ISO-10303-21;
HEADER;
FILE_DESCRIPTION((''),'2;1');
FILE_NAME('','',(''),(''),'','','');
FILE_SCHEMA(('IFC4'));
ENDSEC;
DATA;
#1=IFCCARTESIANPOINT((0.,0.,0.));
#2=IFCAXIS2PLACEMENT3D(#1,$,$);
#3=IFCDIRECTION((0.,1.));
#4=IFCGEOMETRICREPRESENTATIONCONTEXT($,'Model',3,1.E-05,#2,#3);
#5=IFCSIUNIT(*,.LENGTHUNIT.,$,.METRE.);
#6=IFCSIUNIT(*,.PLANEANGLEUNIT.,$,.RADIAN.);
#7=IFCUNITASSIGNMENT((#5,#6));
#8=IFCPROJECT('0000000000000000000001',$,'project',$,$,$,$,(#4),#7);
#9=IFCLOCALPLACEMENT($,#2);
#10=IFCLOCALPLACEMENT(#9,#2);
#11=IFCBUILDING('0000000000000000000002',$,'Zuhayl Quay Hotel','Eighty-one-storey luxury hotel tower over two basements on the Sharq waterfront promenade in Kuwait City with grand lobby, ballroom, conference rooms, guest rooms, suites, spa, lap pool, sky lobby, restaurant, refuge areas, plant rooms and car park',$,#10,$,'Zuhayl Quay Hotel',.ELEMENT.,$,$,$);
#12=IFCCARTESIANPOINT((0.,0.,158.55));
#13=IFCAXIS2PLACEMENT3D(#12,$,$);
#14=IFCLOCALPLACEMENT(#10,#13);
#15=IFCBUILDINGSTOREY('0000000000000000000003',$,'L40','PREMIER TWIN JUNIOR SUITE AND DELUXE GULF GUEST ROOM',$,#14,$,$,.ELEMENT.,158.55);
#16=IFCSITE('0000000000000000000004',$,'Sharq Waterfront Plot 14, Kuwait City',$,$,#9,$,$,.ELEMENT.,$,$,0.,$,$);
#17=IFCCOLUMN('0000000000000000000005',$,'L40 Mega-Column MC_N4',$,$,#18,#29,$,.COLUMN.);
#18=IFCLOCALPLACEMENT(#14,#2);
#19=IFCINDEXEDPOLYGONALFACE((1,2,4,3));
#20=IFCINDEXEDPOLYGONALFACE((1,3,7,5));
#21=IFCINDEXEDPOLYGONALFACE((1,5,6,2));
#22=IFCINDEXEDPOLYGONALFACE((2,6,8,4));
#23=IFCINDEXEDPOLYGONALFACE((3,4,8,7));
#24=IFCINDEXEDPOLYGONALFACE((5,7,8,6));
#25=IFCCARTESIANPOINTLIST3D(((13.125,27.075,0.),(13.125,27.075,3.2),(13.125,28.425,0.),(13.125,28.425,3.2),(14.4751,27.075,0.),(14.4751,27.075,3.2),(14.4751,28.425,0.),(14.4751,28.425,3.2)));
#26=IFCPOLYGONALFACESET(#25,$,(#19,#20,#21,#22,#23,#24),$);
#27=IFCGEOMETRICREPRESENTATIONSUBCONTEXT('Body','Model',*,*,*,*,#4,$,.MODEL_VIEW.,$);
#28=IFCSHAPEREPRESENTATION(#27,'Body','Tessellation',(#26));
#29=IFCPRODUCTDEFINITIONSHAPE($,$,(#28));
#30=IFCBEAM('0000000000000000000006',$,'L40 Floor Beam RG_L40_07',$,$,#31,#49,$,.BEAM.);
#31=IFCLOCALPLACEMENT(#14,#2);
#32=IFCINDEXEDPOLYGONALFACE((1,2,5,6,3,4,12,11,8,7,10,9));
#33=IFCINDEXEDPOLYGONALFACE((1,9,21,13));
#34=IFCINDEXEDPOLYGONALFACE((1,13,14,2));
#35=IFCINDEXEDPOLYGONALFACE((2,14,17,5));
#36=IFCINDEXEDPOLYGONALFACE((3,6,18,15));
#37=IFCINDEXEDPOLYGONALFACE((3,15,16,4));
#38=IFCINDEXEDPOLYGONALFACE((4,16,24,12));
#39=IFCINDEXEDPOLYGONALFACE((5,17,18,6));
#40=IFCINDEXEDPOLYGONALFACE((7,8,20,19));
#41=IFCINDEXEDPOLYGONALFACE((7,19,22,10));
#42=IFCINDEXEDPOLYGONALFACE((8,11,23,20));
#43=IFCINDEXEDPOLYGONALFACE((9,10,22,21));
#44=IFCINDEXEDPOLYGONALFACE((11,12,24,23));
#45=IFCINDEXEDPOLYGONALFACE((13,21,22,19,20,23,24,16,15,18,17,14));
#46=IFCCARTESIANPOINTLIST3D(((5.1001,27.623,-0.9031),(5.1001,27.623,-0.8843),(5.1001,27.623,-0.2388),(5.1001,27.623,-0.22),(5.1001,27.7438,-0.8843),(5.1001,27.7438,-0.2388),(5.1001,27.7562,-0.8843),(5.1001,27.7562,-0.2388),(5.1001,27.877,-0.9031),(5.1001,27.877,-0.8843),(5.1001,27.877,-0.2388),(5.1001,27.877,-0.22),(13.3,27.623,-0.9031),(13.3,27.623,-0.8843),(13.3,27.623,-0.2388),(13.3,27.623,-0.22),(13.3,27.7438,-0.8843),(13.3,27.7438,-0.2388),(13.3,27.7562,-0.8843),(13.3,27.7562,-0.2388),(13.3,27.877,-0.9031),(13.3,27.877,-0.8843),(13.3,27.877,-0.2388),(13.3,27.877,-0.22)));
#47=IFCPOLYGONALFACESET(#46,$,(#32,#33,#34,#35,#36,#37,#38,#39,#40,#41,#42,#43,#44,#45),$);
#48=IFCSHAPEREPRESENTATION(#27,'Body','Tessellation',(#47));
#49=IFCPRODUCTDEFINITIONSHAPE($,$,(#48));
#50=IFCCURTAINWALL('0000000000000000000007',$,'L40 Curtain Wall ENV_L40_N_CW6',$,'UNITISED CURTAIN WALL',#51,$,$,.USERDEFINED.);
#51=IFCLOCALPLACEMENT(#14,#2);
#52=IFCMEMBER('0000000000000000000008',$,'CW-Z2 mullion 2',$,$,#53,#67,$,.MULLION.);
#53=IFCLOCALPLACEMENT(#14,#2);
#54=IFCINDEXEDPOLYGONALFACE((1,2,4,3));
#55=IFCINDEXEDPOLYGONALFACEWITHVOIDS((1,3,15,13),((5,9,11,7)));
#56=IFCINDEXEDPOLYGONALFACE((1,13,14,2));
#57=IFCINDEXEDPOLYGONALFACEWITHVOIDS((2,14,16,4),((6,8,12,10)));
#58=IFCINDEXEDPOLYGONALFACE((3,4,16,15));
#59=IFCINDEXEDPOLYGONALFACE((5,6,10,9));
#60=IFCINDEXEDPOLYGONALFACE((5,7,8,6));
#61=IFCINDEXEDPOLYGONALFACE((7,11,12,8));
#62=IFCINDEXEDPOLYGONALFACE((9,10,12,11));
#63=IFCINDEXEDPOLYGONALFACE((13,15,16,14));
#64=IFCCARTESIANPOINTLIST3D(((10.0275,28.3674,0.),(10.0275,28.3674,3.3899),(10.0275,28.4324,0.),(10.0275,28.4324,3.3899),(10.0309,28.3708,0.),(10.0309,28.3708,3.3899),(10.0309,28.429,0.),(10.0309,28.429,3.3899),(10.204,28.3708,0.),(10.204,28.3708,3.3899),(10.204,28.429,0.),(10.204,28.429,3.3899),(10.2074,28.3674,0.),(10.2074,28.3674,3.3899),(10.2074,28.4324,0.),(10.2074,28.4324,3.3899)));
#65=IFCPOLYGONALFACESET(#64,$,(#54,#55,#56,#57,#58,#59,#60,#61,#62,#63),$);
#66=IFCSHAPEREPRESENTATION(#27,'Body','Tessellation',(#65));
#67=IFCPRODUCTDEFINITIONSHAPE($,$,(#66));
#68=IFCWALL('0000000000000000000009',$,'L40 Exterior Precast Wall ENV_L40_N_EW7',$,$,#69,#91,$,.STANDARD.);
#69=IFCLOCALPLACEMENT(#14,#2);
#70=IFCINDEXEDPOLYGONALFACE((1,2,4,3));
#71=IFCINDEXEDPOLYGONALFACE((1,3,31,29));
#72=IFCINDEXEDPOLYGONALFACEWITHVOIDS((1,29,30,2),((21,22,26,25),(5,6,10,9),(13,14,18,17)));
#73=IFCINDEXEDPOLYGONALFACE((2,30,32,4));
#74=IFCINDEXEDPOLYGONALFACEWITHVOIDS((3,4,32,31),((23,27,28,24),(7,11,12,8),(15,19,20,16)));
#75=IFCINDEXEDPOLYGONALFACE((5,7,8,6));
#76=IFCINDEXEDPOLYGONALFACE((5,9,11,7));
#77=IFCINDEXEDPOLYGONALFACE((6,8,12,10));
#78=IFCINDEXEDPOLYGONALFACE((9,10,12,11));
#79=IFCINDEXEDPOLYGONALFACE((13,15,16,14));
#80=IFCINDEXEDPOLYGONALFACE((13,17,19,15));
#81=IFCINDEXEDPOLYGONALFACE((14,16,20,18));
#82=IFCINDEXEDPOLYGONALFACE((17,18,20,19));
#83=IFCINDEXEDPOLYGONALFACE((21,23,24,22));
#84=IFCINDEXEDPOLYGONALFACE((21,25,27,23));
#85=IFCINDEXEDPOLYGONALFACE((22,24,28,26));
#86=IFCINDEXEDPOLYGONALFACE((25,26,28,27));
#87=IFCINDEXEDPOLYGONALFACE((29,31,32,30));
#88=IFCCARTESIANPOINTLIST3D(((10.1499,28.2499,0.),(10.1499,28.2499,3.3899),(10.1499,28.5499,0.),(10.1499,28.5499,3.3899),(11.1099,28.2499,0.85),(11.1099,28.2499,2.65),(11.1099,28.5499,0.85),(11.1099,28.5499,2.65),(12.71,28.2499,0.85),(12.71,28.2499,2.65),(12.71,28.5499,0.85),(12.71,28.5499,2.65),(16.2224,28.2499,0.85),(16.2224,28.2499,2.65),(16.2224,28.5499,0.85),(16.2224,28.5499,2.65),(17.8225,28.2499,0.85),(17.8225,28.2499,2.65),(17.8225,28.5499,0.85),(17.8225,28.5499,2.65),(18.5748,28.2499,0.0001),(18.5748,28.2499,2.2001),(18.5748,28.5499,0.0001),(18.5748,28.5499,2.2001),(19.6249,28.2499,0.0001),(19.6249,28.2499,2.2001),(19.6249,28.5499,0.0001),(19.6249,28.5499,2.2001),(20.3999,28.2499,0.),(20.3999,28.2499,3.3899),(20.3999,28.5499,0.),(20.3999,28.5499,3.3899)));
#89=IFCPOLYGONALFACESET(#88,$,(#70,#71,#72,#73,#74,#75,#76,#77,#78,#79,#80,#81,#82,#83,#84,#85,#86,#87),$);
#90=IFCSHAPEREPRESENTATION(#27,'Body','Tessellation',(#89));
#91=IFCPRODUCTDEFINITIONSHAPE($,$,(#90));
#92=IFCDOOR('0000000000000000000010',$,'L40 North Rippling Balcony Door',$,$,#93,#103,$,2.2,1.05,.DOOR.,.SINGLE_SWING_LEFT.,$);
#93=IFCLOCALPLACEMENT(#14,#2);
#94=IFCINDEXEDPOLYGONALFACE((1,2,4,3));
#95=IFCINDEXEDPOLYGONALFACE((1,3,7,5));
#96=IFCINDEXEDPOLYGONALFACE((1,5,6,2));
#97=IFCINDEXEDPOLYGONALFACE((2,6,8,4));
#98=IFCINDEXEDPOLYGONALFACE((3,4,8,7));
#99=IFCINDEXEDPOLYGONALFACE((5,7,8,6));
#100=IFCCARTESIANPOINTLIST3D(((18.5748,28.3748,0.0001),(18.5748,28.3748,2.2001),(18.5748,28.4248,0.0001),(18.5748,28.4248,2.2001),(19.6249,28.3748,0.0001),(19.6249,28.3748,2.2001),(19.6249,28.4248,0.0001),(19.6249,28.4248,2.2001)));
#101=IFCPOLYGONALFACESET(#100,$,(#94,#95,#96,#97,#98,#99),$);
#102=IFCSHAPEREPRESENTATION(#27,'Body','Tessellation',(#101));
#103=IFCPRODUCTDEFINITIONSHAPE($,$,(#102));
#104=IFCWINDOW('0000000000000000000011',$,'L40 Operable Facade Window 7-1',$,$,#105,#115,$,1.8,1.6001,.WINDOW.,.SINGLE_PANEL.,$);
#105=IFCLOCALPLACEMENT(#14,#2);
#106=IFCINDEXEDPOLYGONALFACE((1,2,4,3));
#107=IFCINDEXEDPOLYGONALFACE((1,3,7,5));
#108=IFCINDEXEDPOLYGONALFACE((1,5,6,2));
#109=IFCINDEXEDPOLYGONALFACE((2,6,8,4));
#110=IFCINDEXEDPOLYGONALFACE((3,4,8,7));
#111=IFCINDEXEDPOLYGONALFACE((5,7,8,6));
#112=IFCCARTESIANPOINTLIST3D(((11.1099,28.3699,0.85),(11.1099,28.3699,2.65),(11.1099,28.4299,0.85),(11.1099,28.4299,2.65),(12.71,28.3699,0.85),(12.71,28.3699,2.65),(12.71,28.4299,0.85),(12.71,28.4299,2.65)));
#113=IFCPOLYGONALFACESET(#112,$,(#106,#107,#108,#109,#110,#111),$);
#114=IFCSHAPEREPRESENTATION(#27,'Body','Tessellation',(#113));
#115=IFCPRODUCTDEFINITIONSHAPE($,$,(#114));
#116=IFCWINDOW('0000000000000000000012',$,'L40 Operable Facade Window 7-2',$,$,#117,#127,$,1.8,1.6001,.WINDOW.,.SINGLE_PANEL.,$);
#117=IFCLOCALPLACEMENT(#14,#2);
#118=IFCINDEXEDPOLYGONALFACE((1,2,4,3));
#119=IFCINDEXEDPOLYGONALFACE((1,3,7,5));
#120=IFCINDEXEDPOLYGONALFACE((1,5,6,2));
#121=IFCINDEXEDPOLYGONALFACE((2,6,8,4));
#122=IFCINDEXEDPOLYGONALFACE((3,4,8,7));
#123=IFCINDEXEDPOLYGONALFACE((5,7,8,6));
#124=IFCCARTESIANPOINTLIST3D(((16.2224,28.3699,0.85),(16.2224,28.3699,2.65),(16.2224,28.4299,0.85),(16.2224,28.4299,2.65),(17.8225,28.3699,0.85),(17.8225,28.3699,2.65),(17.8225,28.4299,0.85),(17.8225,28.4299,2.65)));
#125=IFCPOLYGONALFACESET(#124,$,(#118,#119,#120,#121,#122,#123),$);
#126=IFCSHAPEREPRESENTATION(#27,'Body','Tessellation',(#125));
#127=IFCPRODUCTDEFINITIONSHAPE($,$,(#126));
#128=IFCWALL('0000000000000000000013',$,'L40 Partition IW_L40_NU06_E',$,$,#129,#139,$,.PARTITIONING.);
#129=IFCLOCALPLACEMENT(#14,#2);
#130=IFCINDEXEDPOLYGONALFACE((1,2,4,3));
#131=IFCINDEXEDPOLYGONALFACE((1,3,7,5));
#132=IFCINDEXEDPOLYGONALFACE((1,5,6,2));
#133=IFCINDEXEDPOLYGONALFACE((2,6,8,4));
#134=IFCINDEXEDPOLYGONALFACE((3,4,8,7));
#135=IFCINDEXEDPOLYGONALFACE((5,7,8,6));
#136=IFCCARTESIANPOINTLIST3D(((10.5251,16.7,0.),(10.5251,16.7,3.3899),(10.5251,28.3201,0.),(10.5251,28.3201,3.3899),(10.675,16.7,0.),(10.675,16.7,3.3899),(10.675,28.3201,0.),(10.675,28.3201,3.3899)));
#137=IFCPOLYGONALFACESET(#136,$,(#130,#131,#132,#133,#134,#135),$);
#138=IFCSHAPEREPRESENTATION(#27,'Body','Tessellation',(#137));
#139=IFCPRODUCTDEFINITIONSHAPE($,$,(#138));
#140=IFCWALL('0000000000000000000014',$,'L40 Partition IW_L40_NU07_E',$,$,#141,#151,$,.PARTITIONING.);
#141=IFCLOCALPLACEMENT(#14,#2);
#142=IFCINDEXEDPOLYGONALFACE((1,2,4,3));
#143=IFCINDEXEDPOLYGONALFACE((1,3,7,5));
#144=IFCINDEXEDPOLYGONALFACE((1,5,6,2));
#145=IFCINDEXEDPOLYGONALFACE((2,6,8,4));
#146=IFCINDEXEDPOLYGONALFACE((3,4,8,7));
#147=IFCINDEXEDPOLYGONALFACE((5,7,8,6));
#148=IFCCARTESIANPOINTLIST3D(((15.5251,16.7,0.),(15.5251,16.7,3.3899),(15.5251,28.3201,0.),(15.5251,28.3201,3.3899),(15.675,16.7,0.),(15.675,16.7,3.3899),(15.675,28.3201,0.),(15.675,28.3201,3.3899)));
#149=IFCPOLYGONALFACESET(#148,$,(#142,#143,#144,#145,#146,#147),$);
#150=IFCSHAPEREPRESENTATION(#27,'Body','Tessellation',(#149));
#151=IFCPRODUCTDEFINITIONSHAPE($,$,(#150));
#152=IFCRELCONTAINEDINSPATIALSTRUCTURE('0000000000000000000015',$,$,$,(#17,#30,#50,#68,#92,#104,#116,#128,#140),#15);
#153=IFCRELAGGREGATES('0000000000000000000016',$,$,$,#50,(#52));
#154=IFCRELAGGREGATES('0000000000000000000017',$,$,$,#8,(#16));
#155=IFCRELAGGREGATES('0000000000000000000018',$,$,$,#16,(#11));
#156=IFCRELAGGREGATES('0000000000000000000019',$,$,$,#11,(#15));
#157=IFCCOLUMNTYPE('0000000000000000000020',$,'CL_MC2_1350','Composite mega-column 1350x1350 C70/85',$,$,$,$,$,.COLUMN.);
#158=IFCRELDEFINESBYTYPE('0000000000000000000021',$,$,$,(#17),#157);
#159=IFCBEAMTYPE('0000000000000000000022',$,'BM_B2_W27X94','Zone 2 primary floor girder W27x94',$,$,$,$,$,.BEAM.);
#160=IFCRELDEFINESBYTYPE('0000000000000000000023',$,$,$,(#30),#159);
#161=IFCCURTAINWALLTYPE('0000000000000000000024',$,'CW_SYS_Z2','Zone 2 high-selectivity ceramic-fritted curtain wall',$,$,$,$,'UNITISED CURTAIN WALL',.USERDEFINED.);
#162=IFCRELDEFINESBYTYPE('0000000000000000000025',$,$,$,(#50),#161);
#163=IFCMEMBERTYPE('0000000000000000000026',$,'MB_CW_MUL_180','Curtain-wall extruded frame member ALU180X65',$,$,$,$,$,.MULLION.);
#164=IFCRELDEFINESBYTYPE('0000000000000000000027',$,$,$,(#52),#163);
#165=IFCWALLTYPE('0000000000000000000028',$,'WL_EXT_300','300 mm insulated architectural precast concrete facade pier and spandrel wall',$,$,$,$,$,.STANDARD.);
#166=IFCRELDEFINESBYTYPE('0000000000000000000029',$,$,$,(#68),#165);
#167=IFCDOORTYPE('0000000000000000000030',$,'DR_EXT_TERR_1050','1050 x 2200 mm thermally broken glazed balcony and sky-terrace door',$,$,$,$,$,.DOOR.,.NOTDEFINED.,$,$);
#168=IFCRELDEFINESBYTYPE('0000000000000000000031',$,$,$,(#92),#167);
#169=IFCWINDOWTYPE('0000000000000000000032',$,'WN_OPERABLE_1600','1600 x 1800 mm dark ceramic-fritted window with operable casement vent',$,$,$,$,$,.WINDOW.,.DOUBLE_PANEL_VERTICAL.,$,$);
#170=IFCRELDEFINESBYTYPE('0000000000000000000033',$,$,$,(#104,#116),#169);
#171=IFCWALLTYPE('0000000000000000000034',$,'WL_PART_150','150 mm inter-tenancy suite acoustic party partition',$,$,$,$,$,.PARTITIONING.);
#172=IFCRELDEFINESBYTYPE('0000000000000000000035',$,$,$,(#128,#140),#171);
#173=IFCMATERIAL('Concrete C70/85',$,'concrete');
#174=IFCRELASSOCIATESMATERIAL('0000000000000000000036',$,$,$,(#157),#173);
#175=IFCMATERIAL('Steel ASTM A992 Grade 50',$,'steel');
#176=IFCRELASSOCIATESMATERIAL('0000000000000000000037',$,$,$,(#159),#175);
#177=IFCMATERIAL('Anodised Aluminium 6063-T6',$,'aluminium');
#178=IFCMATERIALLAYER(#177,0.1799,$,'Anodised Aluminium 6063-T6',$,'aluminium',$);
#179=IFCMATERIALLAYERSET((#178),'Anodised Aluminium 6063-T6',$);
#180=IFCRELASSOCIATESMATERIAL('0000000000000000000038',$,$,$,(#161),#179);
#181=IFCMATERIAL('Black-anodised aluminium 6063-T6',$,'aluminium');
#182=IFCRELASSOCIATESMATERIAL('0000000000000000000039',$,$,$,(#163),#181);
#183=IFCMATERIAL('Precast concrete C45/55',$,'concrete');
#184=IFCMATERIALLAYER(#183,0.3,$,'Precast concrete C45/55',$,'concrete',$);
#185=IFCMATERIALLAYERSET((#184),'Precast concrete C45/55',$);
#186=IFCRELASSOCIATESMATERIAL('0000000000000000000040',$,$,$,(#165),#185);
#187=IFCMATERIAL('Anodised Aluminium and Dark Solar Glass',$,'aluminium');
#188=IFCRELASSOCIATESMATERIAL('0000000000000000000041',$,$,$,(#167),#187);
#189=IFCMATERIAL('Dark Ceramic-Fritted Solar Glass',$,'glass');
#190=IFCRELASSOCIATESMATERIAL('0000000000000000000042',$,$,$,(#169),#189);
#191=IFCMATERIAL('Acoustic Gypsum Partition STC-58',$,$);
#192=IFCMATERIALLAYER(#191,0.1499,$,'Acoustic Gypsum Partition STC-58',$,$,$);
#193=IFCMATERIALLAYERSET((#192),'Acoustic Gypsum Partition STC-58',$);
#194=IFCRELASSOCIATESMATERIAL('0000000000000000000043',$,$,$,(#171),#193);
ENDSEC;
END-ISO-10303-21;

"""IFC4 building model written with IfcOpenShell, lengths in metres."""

from ifc_helpers import new_model, si_unit, direction, frame, frame_2d, origin, origin_2d, place, context, subcontext, project, spatial, rectangle, hollow_rectangle, i_section, extrude, material, layer, layer_set, material_profile, profile_set, type_object, element, fill, aggregate, save


model = new_model("IFC4")

# Units and contexts
model_context = context("Model", 3, precision=1e-05, world=origin(), true_north=direction((0.0, 1.0)))
body_context = subcontext(model_context, "Body", "Model", "MODEL_VIEW")
ifc_project = project(units=[si_unit("LENGTHUNIT", "METRE"), si_unit("PLANEANGLEUNIT", "RADIAN")], contexts=[model_context])

# Site, building, storey
site_placement = place(None, origin())
site = spatial("IfcSite", under=ifc_project, at=site_placement, Name="Sharq Waterfront Plot 14, Kuwait City", CompositionType="ELEMENT", RefElevation=0.0)
building_placement = place(site_placement, origin())
building = spatial("IfcBuilding", under=site, at=building_placement, Name="Zuhayl Quay Hotel", Description="Eighty-one-storey luxury hotel tower over two basements on the Sharq waterfront promenade in Kuwait City with grand lobby, ballroom, conference rooms, guest rooms, suites, spa, lap pool, sky lobby, restaurant, refuge areas, plant rooms and car park", LongName="Zuhayl Quay Hotel", CompositionType="ELEMENT")
storey_placement = place(building_placement, frame((0.0, 0.0, 158.55)))
storey = spatial("IfcBuildingStorey", under=building, at=storey_placement, Name="L40", Description="PREMIER TWIN JUNIOR SUITE AND DELUXE GULF GUEST ROOM", CompositionType="ELEMENT", Elevation=158.55)

# Column
ifc_material_1 = material(Name="Concrete C70/85", Category="concrete")
ifc_material_profile_1 = material_profile(ifc_material_1, rectangle(XDim=1.3501, YDim=1.3501, at=origin_2d()), Name="RC1350X1350")
ifc_profile_set_1 = profile_set([ifc_material_profile_1], Name="Concrete C70/85")
column_type = type_object("IfcColumnType", Name="CL_MC2_1350", Description="Composite mega-column 1350x1350 C70/85", PredefinedType="COLUMN", material=ifc_profile_set_1)
column_placement = place(storey_placement, frame((13.8, 27.75, 0.0), z_axis=(0.0, 0.0, 1.0), x_axis=(1.0, 0.0, 0.0)))
element("IfcColumn", 1, at=column_placement, inside=storey, type_object=column_type, Name="L40 Mega-Column MC_N4", PredefinedType="COLUMN", context=body_context, shape_type="SweptSolid", body=[
    extrude(rectangle(XDim=1.3501, YDim=1.3501, at=origin_2d()), origin(), (0.0, 0.0, 1.0), 3.2),
])

# Beam
ifc_material_2 = material(Name="Steel ASTM A992 Grade 50", Category="steel")
ifc_material_profile_2 = material_profile(ifc_material_2, i_section(OverallWidth=0.2539, OverallDepth=0.6831, WebThickness=0.0125, FlangeThickness=0.0188, at=origin_2d()), Name="W27X94")
ifc_profile_set_2 = profile_set([ifc_material_profile_2], Name="Steel ASTM A992 Grade 50")
beam_type = type_object("IfcBeamType", Name="BM_B2_W27X94", Description="Zone 2 primary floor girder W27x94", PredefinedType="BEAM", material=ifc_profile_set_2)
beam_placement = place(storey_placement, frame((13.3, 27.75, -0.5615), z_axis=(-1.0, 0.0, 0.0), x_axis=(0.0, -1.0, 0.0)))
element("IfcBeam", 2, at=beam_placement, inside=storey, type_object=beam_type, Name="L40 Floor Beam RG_L40_07", PredefinedType="BEAM", context=body_context, shape_type="SweptSolid", body=[
    extrude(i_section(OverallWidth=0.2539, OverallDepth=0.6831, WebThickness=0.0125, FlangeThickness=0.0188, at=origin_2d()), origin(), (0.0, 0.0, 1.0), 8.2),
])

# Curtain wall, member
ifc_material_3 = material(Name="Anodised Aluminium 6063-T6", Category="aluminium")
ifc_layer_1 = layer(ifc_material_3, 0.1799, Name="Anodised Aluminium 6063-T6", Category="aluminium")
ifc_layer_set_1 = layer_set([ifc_layer_1], Name="Anodised Aluminium 6063-T6")
curtain_wall_type = type_object("IfcCurtainWallType", Name="CW_SYS_Z2", Description="Zone 2 high-selectivity ceramic-fritted curtain wall", ElementType="UNITISED CURTAIN WALL", PredefinedType="USERDEFINED", material=ifc_layer_set_1)
curtain_wall_placement = place(storey_placement, origin())
curtain_wall = element("IfcCurtainWall", 3, at=curtain_wall_placement, inside=storey, type_object=curtain_wall_type, Name="L40 Curtain Wall ENV_L40_N_CW6", ObjectType="UNITISED CURTAIN WALL", PredefinedType="USERDEFINED")
ifc_material_4 = material(Name="Black-anodised aluminium 6063-T6", Category="aluminium")
ifc_material_profile_3 = material_profile(ifc_material_4, hollow_rectangle(XDim=0.0649, YDim=0.1799, WallThickness=0.0034, at=origin_2d()), Name="ALU180X65")
ifc_profile_set_3 = profile_set([ifc_material_profile_3], Name="Black-anodised aluminium 6063-T6")
member_type = type_object("IfcMemberType", Name="MB_CW_MUL_180", Description="Curtain-wall extruded frame member ALU180X65", PredefinedType="MULLION", material=ifc_profile_set_3)
member_placement = place(storey_placement, frame((10.1174, 28.3999, 0.0), z_axis=(0.0, 0.0, 1.0), x_axis=(0.0, 1.0, 0.0)))
member = element("IfcMember", 4, at=member_placement, type_object=member_type, Name="CW-Z2 mullion 2", PredefinedType="MULLION", context=body_context, shape_type="SweptSolid", body=[
    extrude(hollow_rectangle(XDim=0.0649, YDim=0.1799, WallThickness=0.0034, at=origin_2d()), origin(), (0.0, 0.0, 1.0), 3.3899),
])
aggregate(curtain_wall, [member])

# Wall, openings, door, windows
ifc_material_5 = material(Name="Precast concrete C45/55", Category="concrete")
ifc_layer_2 = layer(ifc_material_5, 0.3, Name="Precast concrete C45/55", Category="concrete")
ifc_layer_set_2 = layer_set([ifc_layer_2], Name="Precast concrete C45/55")
wall_type_1 = type_object("IfcWallType", Name="WL_EXT_300", Description="300 mm insulated architectural precast concrete facade pier and spandrel wall", PredefinedType="STANDARD", material=ifc_layer_set_2)
wall_1_placement = place(storey_placement, frame((10.1499, 28.3999, 0.0), z_axis=(0.0, 0.0, 1.0), x_axis=(1.0, 0.0, 0.0)))
wall_1 = element("IfcWall", 5, at=wall_1_placement, inside=storey, type_object=wall_type_1, Name="L40 Exterior Precast Wall ENV_L40_N_EW7", PredefinedType="STANDARD", context=body_context, shape_type="SweptSolid", body=[
    extrude(rectangle(XDim=10.25, YDim=0.3, at=frame_2d((5.125, 0.0))), origin(), (0.0, 0.0, 1.0), 3.3899),
])
opening_1_placement = place(wall_1_placement, frame((8.425, 0.0, 0.0)))
opening_1 = element("IfcOpeningElement", 6, at=opening_1_placement, cuts=wall_1, PredefinedType="OPENING", context=body_context, shape_type="SweptSolid", body=[
    extrude(rectangle(XDim=1.05, YDim=2.2, at=frame_2d((0.5249, 1.1001))), frame((0.0, 0.1599, 0.0), z_axis=(0.0, -1.0, 0.0), x_axis=(1.0, 0.0, 0.0)), (0.0, 0.0, 1.0), 0.3201),
])
opening_2_placement = place(wall_1_placement, frame((0.96, 0.0, 0.8501)))
opening_2 = element("IfcOpeningElement", 7, at=opening_2_placement, cuts=wall_1, PredefinedType="OPENING", context=body_context, shape_type="SweptSolid", body=[
    extrude(rectangle(XDim=1.6001, YDim=1.8, at=frame_2d((0.8, 0.8999))), frame((0.0, 0.1599, 0.0), z_axis=(0.0, -1.0, 0.0), x_axis=(1.0, 0.0, 0.0)), (0.0, 0.0, 1.0), 0.3201),
])
opening_3_placement = place(wall_1_placement, frame((6.0725, 0.0, 0.8501)))
opening_3 = element("IfcOpeningElement", 8, at=opening_3_placement, cuts=wall_1, PredefinedType="OPENING", context=body_context, shape_type="SweptSolid", body=[
    extrude(rectangle(XDim=1.6001, YDim=1.8, at=frame_2d((0.8, 0.8999))), frame((0.0, 0.1599, 0.0), z_axis=(0.0, -1.0, 0.0), x_axis=(1.0, 0.0, 0.0)), (0.0, 0.0, 1.0), 0.3201),
])
ifc_material_6 = material(Name="Anodised Aluminium and Dark Solar Glass", Category="aluminium")
door_type_1 = type_object("IfcDoorType", Name="DR_EXT_TERR_1050", Description="1050 x 2200 mm thermally broken glazed balcony and sky-terrace door", OperationType="NOTDEFINED", PredefinedType="DOOR", material=ifc_material_6)
door_1_placement = place(opening_1_placement, origin())
door_1 = element("IfcDoor", 9, at=door_1_placement, inside=storey, type_object=door_type_1, Name="L40 North Rippling Balcony Door", OperationType="SINGLE_SWING_LEFT", OverallHeight=2.2, OverallWidth=1.05, PredefinedType="DOOR", context=body_context, shape_type="SweptSolid", body=[
    extrude(rectangle(XDim=1.05, YDim=2.2, at=frame_2d((0.5249, 1.1001))), frame((0.0, 0.0249, 0.0), z_axis=(0.0, -1.0, 0.0), x_axis=(1.0, 0.0, 0.0)), (0.0, 0.0, 1.0), 0.05),
])
fill(opening_1, door_1)
ifc_material_7 = material(Name="Dark Ceramic-Fritted Solar Glass", Category="glass")
window_type = type_object("IfcWindowType", Name="WN_OPERABLE_1600", Description="1600 x 1800 mm dark ceramic-fritted window with operable casement vent", PartitioningType="DOUBLE_PANEL_VERTICAL", PredefinedType="WINDOW", material=ifc_material_7)
window_1_placement = place(opening_2_placement, origin())
window_1 = element("IfcWindow", 10, at=window_1_placement, inside=storey, type_object=window_type, Name="L40 Operable Facade Window 7-1", OverallHeight=1.8, OverallWidth=1.6001, PartitioningType="SINGLE_PANEL", PredefinedType="WINDOW", context=body_context, shape_type="SweptSolid", body=[
    extrude(rectangle(XDim=1.6001, YDim=1.8, at=frame_2d((0.8, 0.8999))), frame((0.0, 0.03, 0.0), z_axis=(0.0, -1.0, 0.0), x_axis=(1.0, 0.0, 0.0)), (0.0, 0.0, 1.0), 0.0601),
])
fill(opening_2, window_1)
window_2_placement = place(opening_3_placement, origin())
window_2 = element("IfcWindow", 11, at=window_2_placement, inside=storey, type_object=window_type, Name="L40 Operable Facade Window 7-2", OverallHeight=1.8, OverallWidth=1.6001, PartitioningType="SINGLE_PANEL", PredefinedType="WINDOW", context=body_context, shape_type="SweptSolid", body=[
    extrude(rectangle(XDim=1.6001, YDim=1.8, at=frame_2d((0.8, 0.8999))), frame((0.0, 0.03, 0.0), z_axis=(0.0, -1.0, 0.0), x_axis=(1.0, 0.0, 0.0)), (0.0, 0.0, 1.0), 0.0601),
])
fill(opening_3, window_2)

# Walls
ifc_material_8 = material(Name="Acoustic Gypsum Partition STC-58")
ifc_layer_3 = layer(ifc_material_8, 0.1499, Name="Acoustic Gypsum Partition STC-58")
ifc_layer_set_3 = layer_set([ifc_layer_3], Name="Acoustic Gypsum Partition STC-58")
wall_type_2 = type_object("IfcWallType", Name="WL_PART_150", Description="150 mm inter-tenancy suite acoustic party partition", PredefinedType="PARTITIONING", material=ifc_layer_set_3)
for number, where, z_axis, x_axis, name in (
    (12, (10.6001, 16.7, 0.0), (0.0, 0.0, 1.0), (0.0, 1.0, 0.0), "L40 Partition IW_L40_NU06_E"),
    (13, (15.6001, 16.7, 0.0), (0.0, 0.0, 1.0), (0.0, 1.0, 0.0), "L40 Partition IW_L40_NU07_E"),
):
    element("IfcWall", number, at=place(storey_placement, frame(where, z_axis=z_axis, x_axis=x_axis)), inside=storey, type_object=wall_type_2, Name=name, PredefinedType="PARTITIONING", context=body_context, shape_type="SweptSolid", body=[
        extrude(rectangle(XDim=11.6201, YDim=0.1499, at=frame_2d((5.8101, 0.0))), origin(), (0.0, 0.0, 1.0), 3.3899),
    ])

save(model, "model.ifc")
